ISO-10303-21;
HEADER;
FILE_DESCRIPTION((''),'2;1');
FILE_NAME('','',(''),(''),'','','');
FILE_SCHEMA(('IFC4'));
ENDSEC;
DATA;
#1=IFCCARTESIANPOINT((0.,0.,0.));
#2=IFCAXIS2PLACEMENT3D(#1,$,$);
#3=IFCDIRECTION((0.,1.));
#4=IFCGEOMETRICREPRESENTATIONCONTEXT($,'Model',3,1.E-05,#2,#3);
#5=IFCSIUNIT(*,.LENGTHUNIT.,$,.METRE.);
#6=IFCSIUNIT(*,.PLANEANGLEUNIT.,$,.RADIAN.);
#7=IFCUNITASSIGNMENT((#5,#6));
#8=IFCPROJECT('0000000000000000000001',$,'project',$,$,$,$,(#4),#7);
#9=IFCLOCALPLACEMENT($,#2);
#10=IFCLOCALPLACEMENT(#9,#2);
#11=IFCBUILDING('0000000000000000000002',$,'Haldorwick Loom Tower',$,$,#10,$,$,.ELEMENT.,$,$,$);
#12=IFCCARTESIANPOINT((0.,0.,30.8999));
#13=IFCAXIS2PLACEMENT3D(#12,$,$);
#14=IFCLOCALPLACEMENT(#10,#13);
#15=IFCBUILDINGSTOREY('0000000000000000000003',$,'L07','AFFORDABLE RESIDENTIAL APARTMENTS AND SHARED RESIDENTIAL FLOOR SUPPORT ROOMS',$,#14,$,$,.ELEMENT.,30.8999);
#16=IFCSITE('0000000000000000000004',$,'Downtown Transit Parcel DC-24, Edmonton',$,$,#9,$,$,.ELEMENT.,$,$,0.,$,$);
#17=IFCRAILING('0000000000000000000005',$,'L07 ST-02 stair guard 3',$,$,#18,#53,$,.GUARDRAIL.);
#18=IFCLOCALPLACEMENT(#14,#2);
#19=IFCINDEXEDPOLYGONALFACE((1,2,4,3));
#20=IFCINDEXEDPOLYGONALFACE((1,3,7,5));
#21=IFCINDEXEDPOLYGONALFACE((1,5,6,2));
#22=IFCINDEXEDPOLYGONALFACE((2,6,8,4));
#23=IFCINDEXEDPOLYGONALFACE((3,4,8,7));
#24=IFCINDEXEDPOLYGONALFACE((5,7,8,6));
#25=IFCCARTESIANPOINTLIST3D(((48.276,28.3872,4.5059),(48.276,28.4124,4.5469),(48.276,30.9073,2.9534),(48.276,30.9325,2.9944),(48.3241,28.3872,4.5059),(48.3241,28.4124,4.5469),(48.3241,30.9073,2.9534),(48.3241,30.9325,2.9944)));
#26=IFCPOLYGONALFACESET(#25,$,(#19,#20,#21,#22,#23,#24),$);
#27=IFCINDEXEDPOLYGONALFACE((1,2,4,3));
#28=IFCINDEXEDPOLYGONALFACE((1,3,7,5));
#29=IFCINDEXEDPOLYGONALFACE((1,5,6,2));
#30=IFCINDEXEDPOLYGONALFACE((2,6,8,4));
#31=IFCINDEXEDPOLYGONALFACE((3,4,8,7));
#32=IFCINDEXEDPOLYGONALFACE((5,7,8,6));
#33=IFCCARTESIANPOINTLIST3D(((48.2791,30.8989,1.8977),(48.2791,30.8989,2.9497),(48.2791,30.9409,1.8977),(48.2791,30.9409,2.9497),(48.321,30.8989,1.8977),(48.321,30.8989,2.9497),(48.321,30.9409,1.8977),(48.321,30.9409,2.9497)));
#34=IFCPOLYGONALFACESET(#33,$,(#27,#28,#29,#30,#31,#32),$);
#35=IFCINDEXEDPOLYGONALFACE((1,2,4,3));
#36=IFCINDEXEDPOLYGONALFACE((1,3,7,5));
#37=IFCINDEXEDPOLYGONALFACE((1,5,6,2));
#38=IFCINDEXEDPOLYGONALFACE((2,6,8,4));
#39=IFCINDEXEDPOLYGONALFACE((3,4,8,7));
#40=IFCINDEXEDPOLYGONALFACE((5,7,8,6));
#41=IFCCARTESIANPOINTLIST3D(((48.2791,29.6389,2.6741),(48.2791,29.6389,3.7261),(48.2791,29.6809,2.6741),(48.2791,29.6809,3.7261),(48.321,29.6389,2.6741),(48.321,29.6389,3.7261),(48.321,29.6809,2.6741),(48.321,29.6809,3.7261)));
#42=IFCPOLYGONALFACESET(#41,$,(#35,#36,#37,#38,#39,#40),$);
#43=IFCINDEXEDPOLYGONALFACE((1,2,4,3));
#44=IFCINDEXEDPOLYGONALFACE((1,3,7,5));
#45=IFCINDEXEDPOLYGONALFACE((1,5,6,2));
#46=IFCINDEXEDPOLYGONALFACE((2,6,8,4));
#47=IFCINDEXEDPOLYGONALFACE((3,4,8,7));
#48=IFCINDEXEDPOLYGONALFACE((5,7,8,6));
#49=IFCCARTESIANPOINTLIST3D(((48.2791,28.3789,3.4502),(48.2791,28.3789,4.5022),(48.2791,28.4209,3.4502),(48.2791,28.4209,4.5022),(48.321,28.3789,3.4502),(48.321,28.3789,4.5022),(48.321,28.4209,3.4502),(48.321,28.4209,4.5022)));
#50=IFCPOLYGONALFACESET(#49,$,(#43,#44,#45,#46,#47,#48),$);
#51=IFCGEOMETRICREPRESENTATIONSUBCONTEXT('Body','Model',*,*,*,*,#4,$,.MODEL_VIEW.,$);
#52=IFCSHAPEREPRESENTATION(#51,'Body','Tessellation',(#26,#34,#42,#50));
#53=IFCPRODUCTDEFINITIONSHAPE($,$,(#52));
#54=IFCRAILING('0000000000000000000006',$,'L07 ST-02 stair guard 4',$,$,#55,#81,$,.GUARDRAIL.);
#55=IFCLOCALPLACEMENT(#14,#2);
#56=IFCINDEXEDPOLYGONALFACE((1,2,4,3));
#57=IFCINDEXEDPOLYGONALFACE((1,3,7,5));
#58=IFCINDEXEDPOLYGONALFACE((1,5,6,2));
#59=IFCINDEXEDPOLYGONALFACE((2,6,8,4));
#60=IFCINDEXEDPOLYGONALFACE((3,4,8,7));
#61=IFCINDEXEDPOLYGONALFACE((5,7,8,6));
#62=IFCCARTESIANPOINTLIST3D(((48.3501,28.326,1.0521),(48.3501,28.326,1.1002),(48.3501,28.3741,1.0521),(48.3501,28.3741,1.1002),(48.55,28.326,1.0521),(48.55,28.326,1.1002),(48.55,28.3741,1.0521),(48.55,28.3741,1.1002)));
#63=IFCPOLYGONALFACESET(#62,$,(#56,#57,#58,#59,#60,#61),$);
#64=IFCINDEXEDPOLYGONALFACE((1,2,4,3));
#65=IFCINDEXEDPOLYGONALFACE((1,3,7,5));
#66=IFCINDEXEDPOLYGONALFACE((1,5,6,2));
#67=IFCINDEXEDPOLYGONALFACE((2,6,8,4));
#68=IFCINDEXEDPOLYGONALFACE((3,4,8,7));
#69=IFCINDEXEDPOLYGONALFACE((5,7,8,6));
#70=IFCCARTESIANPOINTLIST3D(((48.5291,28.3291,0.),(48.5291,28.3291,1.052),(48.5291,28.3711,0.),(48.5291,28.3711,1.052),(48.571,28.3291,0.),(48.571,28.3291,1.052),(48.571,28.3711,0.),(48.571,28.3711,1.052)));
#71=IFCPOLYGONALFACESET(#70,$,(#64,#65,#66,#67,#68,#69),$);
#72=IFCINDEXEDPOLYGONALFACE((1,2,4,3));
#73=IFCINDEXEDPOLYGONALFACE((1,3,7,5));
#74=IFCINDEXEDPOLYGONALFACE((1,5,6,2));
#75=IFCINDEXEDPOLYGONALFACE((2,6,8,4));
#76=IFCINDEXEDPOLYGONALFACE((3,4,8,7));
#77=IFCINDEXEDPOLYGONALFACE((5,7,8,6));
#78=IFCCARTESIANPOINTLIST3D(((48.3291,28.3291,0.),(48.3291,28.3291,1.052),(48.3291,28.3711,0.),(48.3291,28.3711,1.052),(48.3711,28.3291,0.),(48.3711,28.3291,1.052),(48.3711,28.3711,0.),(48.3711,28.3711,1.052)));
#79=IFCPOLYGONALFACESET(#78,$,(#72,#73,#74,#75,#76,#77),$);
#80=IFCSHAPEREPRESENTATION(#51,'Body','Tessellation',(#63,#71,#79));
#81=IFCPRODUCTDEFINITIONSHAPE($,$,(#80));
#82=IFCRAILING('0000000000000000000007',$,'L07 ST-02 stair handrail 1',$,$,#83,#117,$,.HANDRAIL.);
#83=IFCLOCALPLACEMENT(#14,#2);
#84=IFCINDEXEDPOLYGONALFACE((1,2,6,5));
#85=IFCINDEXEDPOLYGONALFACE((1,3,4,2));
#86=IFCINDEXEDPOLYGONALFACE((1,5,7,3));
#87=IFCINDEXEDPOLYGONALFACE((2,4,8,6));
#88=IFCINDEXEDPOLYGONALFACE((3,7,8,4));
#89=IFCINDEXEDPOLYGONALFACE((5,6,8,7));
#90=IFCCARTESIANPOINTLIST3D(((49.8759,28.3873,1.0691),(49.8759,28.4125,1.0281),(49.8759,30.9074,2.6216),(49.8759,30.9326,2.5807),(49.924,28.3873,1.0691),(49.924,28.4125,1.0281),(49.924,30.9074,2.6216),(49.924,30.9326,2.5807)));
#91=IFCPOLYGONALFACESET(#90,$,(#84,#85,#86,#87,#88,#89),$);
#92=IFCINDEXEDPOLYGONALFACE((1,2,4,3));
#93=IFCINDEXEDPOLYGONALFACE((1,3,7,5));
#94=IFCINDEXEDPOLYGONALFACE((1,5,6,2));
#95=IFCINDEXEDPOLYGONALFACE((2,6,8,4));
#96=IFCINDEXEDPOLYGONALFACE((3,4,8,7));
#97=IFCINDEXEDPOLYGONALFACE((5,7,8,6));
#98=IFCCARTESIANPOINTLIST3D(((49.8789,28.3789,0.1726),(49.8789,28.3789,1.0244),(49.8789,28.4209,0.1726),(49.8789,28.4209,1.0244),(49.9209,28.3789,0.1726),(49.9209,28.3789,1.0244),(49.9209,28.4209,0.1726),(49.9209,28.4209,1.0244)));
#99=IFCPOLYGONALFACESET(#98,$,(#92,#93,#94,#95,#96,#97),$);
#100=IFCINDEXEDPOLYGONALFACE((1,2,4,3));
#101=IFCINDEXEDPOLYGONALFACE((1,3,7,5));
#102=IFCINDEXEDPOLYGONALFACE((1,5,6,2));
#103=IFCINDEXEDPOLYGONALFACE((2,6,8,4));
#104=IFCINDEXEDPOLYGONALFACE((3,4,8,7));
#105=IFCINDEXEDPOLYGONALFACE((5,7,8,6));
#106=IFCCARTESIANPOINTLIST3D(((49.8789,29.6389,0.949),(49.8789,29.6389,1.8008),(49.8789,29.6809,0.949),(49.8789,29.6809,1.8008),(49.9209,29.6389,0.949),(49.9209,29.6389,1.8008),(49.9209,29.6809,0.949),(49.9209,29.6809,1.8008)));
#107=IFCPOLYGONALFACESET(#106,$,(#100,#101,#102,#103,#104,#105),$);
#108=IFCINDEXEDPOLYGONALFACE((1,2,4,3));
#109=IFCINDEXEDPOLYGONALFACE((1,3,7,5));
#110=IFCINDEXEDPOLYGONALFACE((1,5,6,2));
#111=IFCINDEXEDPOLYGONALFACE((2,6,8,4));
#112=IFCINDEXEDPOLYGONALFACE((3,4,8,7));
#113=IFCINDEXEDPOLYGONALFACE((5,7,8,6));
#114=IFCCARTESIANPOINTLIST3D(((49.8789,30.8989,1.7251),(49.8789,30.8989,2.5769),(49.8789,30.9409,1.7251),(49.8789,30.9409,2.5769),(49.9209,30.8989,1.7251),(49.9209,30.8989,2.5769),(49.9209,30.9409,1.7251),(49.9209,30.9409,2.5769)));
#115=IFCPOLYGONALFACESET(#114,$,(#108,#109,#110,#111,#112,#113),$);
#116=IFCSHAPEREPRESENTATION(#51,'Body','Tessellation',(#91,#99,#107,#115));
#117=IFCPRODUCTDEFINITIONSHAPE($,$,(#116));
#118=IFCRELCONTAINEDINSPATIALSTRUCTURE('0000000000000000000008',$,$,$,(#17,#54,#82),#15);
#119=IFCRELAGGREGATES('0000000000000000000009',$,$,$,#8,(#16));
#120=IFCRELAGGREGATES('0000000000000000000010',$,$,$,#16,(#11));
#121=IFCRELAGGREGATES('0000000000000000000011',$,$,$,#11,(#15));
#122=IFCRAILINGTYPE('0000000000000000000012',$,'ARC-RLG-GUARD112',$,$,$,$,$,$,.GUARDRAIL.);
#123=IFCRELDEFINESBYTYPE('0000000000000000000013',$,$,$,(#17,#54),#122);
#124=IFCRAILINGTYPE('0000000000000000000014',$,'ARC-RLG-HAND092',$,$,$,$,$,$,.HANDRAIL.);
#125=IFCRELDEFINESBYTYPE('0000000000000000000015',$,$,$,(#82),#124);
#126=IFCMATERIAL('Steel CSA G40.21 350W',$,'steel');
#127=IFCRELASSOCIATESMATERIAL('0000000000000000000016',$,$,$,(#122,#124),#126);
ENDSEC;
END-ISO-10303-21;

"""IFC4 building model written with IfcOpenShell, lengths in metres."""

from ifc_helpers import new_model, si_unit, direction, frame, origin, origin_2d, place, context, subcontext, project, spatial, rectangle, extrude, material, type_object, element, save


model = new_model("IFC4")

# Units and contexts
model_context = context("Model", 3, precision=1e-05, world=origin(), true_north=direction((0.0, 1.0)))
body_context = subcontext(model_context, "Body", "Model", "MODEL_VIEW")
ifc_project = project(units=[si_unit("LENGTHUNIT", "METRE"), si_unit("PLANEANGLEUNIT", "RADIAN")], contexts=[model_context])

# Site, building, storey
site_placement = place(None, origin())
site = spatial("IfcSite", under=ifc_project, at=site_placement, Name="Downtown Transit Parcel DC-24, Edmonton", CompositionType="ELEMENT", RefElevation=0.0)
building_placement = place(site_placement, origin())
building = spatial("IfcBuilding", under=site, at=building_placement, Name="Haldorwick Loom Tower", CompositionType="ELEMENT")
storey_placement = place(building_placement, frame((0.0, 0.0, 30.8999)))
storey = spatial("IfcBuildingStorey", under=building, at=storey_placement, Name="L07", Description="AFFORDABLE RESIDENTIAL APARTMENTS AND SHARED RESIDENTIAL FLOOR SUPPORT ROOMS", CompositionType="ELEMENT", Elevation=30.8999)

# Shared definitions
ifc_material_1 = material(Name="Steel CSA G40.21 350W", Category="steel")

# Railings
railing_type_1 = type_object("IfcRailingType", Name="ARC-RLG-GUARD112", PredefinedType="GUARDRAIL", material=ifc_material_1)
railing_1_placement = place(storey_placement, frame((48.3, 30.9199, 1.8977)))
element("IfcRailing", 1, at=railing_1_placement, inside=storey, type_object=railing_type_1, Name="L07 ST-02 stair guard 3", PredefinedType="GUARDRAIL", context=body_context, shape_type="SweptSolid", body=[
    extrude(rectangle(XDim=0.0481, YDim=0.0481, at=origin_2d()), frame((0.0, 0.0, 1.0762), z_axis=(0.0, -0.8514, 0.524516), x_axis=(1.0, 0.0, 0.0)), (0.0, 0.0, 1.0), 2.96),
    extrude(rectangle(XDim=0.042, YDim=0.042, at=origin_2d()), origin(), (0.0, 0.0, 1.0), 1.052),
    extrude(rectangle(XDim=0.042, YDim=0.042, at=origin_2d()), frame((0.0, -1.26, 0.7764)), (0.0, 0.0, 1.0), 1.052),
    extrude(rectangle(XDim=0.042, YDim=0.042, at=origin_2d()), frame((0.0, -2.52, 1.5525)), (0.0, 0.0, 1.0), 1.052),
])
railing_2_placement = place(storey_placement, frame((48.55, 28.3501, 0.0)))
element("IfcRailing", 2, at=railing_2_placement, inside=storey, type_object=railing_type_1, Name="L07 ST-02 stair guard 4", PredefinedType="GUARDRAIL", context=body_context, shape_type="SweptSolid", body=[
    extrude(rectangle(XDim=0.0481, YDim=0.0481, at=origin_2d()), frame((0.0, 0.0, 1.0762), z_axis=(-1.0, 0.0, 0.0), x_axis=(0.0, -1.0, 0.0)), (0.0, 0.0, 1.0), 0.2),
    extrude(rectangle(XDim=0.042, YDim=0.042, at=origin_2d()), origin(), (0.0, 0.0, 1.0), 1.052),
    extrude(rectangle(XDim=0.042, YDim=0.042, at=origin_2d()), frame((-0.2, 0.0, 0.0)), (0.0, 0.0, 1.0), 1.052),
])
railing_type_2 = type_object("IfcRailingType", Name="ARC-RLG-HAND092", PredefinedType="HANDRAIL", material=ifc_material_1)
railing_3_placement = place(storey_placement, frame((49.8999, 28.3999, 0.1726)))
element("IfcRailing", 3, at=railing_3_placement, inside=storey, type_object=railing_type_2, Name="L07 ST-02 stair handrail 1", PredefinedType="HANDRAIL", context=body_context, shape_type="SweptSolid", body=[
    extrude(rectangle(XDim=0.0481, YDim=0.0481, at=origin_2d()), frame((0.0, 0.0, 0.876), z_axis=(0.0, 0.8514, 0.524516), x_axis=(-1.0, 0.0, 0.0)), (0.0, 0.0, 1.0), 2.96),
    extrude(rectangle(XDim=0.042, YDim=0.042, at=origin_2d()), origin(), (0.0, 0.0, 1.0), 0.8518),
    extrude(rectangle(XDim=0.042, YDim=0.042, at=origin_2d()), frame((0.0, 1.26, 0.7764)), (0.0, 0.0, 1.0), 0.8518),
    extrude(rectangle(XDim=0.042, YDim=0.042, at=origin_2d()), frame((0.0, 2.52, 1.5525)), (0.0, 0.0, 1.0), 0.8518),
])

save(model, "model.ifc")
